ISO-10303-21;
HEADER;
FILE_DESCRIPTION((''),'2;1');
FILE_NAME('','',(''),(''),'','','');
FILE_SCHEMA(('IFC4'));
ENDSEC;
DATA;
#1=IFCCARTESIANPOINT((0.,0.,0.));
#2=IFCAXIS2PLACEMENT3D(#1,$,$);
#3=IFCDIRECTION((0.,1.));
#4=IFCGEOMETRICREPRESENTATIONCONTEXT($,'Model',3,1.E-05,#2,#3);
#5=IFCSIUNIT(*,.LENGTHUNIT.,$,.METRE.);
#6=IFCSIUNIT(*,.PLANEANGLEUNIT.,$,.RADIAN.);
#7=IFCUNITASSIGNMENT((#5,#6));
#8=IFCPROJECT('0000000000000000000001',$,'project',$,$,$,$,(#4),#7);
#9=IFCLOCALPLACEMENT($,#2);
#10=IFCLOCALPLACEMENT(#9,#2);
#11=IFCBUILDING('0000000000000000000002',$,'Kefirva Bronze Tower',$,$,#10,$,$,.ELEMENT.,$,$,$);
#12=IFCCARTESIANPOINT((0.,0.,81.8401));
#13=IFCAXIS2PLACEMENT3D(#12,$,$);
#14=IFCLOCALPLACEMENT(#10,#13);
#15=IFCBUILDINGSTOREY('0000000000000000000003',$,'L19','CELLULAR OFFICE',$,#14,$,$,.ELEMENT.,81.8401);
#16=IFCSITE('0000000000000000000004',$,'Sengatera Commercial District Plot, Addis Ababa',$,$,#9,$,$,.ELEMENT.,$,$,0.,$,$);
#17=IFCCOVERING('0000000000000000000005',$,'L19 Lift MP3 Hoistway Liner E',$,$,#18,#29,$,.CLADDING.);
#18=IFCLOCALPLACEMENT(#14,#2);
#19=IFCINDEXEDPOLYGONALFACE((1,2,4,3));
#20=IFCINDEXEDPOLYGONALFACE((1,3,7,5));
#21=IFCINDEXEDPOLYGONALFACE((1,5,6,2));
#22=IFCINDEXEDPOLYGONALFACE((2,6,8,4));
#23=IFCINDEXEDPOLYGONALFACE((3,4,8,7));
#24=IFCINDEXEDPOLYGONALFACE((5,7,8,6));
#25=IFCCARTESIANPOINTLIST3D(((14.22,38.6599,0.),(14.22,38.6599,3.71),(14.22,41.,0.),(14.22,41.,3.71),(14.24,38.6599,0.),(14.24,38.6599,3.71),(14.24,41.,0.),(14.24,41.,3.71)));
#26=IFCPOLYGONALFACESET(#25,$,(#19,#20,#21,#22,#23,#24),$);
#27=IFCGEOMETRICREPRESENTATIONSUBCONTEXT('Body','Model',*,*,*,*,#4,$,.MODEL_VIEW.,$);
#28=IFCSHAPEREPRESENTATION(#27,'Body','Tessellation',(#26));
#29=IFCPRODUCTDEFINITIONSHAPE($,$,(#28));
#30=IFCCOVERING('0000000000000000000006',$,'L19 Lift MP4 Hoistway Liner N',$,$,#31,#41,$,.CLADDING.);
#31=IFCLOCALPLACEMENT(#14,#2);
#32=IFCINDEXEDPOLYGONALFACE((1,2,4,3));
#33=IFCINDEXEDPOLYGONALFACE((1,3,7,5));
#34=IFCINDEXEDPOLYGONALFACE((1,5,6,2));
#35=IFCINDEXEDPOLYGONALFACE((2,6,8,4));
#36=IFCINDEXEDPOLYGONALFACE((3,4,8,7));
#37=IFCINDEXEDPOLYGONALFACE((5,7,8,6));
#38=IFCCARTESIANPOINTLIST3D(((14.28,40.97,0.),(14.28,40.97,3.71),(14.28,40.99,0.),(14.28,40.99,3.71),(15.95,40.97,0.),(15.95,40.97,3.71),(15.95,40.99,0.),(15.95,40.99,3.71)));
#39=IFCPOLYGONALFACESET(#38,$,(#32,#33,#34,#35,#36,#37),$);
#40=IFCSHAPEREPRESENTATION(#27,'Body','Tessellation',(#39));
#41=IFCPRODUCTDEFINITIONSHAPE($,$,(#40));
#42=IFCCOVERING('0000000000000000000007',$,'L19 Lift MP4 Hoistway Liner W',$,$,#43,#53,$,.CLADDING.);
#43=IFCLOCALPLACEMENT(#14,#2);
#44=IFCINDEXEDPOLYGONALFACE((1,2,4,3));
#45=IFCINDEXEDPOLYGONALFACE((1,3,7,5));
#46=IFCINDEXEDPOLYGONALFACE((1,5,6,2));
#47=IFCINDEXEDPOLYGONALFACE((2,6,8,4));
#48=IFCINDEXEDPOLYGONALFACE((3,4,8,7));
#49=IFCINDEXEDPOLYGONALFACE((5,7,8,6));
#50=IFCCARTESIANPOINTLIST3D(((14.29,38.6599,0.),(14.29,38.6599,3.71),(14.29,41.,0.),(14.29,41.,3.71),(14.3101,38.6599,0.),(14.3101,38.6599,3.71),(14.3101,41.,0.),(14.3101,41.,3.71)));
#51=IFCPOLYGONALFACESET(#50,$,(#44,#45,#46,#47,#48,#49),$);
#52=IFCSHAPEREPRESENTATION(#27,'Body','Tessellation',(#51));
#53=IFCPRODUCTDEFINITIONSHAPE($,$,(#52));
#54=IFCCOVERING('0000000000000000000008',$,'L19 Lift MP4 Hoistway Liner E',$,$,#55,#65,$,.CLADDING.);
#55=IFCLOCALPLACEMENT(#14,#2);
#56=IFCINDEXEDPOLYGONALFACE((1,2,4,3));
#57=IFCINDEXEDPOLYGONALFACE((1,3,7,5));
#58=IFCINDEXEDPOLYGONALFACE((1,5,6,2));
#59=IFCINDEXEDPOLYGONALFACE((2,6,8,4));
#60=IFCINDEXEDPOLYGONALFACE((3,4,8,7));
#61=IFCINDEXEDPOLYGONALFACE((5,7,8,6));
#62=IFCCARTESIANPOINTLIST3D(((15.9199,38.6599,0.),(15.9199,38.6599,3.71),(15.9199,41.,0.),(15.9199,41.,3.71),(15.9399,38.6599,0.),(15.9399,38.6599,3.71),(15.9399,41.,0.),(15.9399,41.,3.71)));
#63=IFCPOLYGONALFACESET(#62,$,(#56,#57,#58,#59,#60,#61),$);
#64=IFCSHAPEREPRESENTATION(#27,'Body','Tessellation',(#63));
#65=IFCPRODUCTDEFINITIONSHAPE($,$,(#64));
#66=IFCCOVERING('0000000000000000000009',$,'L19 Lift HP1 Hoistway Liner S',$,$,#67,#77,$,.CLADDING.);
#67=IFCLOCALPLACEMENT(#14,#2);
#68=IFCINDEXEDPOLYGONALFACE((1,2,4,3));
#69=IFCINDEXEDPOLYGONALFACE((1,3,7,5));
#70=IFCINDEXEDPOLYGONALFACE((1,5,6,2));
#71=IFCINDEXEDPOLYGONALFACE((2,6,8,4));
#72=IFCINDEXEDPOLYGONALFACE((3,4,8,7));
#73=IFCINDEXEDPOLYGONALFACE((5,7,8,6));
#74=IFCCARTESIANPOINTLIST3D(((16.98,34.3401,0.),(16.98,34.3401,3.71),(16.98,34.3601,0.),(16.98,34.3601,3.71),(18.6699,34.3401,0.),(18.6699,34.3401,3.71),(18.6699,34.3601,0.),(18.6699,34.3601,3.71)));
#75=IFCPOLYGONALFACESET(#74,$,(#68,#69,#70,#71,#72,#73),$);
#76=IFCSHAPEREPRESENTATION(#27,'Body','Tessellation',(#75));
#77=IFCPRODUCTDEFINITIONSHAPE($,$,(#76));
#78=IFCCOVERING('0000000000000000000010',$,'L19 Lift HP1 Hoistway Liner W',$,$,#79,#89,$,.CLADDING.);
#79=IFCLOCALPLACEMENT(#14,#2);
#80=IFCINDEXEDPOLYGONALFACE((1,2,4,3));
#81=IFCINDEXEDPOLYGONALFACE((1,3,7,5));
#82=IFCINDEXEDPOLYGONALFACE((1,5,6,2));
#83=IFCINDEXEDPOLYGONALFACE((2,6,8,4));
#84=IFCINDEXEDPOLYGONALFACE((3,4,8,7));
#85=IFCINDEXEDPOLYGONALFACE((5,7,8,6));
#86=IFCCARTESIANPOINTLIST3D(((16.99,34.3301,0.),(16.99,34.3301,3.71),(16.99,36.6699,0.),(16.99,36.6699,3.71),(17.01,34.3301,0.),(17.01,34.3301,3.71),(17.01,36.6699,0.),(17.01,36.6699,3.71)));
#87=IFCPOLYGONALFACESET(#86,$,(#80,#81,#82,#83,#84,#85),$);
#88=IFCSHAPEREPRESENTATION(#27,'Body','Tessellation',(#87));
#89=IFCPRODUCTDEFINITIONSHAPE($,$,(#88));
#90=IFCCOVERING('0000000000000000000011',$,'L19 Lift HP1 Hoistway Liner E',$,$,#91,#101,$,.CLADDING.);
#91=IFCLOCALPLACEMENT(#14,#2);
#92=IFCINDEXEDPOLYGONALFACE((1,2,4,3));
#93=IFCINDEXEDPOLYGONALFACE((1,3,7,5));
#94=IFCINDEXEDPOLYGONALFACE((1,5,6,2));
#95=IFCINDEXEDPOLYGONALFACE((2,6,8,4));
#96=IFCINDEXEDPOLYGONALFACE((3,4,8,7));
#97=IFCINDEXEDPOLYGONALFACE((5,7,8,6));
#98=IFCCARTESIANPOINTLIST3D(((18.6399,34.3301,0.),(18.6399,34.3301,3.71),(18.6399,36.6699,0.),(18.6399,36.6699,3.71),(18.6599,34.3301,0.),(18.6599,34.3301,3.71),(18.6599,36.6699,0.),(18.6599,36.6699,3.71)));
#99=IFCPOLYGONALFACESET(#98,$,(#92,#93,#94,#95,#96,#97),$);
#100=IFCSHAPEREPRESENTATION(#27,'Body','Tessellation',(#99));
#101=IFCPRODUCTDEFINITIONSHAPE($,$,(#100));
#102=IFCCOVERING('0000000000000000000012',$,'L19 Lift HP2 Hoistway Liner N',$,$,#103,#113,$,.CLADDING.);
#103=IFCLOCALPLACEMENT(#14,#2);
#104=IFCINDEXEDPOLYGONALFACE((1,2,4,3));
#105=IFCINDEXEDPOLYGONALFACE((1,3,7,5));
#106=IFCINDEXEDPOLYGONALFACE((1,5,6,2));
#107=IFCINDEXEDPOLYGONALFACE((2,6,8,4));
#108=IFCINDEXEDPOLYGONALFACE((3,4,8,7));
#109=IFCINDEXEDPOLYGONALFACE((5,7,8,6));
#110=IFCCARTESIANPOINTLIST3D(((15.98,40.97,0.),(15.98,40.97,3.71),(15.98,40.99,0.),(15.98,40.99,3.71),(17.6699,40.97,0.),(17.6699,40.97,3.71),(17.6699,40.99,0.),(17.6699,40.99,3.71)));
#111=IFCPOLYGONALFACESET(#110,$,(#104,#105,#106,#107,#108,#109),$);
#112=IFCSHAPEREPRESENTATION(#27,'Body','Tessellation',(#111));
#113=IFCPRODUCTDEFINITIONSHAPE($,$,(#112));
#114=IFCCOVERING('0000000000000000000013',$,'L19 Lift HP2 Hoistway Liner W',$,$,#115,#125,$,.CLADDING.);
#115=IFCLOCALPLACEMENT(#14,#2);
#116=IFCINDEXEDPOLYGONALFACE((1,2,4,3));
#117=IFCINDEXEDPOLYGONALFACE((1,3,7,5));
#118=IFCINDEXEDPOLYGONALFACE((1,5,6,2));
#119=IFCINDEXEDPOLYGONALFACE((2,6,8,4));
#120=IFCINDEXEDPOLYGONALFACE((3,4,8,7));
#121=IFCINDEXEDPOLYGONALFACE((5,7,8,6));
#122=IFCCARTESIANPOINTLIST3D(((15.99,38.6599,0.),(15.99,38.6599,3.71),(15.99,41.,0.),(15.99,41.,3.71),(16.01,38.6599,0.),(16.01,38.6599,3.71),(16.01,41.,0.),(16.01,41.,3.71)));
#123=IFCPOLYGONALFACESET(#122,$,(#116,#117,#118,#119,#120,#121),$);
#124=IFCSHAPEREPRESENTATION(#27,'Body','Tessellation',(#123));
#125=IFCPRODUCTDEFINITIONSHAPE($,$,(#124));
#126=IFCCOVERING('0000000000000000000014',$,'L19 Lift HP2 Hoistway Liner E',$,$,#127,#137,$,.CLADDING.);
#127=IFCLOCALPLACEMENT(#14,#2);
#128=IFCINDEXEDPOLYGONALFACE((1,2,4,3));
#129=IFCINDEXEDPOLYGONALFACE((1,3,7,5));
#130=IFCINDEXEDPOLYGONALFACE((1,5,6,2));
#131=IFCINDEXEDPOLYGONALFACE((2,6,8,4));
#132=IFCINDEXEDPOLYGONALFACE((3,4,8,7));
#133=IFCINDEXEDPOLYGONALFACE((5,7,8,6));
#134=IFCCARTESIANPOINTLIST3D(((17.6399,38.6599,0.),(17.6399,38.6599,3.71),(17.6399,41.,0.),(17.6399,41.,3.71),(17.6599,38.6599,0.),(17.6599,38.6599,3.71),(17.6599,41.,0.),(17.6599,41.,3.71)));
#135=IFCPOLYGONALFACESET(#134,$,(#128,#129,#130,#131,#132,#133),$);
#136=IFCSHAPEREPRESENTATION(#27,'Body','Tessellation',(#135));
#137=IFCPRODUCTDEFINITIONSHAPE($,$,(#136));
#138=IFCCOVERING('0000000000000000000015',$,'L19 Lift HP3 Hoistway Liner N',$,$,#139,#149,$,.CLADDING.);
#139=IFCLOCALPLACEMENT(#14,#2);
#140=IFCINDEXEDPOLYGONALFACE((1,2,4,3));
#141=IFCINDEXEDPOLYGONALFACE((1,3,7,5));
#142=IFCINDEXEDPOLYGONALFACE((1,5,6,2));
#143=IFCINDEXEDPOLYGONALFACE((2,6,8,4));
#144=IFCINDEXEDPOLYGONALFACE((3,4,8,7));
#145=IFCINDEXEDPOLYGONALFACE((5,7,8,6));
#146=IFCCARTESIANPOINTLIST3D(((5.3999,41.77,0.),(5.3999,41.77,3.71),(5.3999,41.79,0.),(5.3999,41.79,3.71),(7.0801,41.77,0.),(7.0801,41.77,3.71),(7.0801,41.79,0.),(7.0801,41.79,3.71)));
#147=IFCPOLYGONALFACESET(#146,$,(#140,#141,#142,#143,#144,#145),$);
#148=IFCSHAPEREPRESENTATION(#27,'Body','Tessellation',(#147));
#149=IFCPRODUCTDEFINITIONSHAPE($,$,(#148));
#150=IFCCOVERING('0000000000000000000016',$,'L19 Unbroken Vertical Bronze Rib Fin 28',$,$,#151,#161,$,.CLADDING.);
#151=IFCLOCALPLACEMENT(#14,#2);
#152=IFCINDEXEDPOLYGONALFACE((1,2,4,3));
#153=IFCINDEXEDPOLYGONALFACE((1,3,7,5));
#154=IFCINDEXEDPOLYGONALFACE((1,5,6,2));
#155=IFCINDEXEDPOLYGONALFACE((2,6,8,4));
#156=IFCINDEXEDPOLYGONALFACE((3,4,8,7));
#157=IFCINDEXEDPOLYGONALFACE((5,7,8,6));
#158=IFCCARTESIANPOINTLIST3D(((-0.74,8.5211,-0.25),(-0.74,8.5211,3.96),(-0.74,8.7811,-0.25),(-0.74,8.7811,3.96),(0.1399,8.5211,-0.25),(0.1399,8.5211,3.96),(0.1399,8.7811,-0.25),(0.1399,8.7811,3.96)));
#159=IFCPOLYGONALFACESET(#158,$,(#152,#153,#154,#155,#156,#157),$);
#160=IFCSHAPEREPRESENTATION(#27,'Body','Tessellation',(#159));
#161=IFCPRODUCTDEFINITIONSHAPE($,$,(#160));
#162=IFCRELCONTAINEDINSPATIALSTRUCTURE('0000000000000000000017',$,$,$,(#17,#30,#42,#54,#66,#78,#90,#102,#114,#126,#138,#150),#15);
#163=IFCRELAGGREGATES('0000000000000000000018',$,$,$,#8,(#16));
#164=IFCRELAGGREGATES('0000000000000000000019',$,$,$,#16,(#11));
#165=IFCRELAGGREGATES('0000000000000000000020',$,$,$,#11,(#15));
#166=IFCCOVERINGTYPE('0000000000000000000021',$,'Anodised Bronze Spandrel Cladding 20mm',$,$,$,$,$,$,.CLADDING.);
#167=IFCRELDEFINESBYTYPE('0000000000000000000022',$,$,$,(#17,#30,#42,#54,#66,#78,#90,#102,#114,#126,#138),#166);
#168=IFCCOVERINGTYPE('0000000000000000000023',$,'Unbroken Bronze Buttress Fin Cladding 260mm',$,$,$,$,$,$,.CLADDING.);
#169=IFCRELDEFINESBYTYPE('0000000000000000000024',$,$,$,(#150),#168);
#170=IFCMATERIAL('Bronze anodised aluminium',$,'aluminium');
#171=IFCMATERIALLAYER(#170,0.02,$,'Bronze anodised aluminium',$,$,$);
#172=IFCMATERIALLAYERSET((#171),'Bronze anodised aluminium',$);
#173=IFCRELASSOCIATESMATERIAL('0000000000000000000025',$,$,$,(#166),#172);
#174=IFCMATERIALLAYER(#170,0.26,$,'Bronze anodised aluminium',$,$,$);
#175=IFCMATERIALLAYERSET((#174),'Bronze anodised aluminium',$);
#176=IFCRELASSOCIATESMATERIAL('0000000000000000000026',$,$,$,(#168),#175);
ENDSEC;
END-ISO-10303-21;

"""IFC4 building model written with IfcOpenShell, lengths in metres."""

from ifc_helpers import new_model, si_unit, direction, frame, origin, origin_2d, place, context, subcontext, project, spatial, polyline, rectangle, outline, extrude, material, layer, layer_set, type_object, element, save


model = new_model("IFC4")

# Units and contexts
model_context = context("Model", 3, precision=1e-05, world=origin(), true_north=direction((0.0, 1.0)))
body_context = subcontext(model_context, "Body", "Model", "MODEL_VIEW")
ifc_project = project(units=[si_unit("LENGTHUNIT", "METRE"), si_unit("PLANEANGLEUNIT", "RADIAN")], contexts=[model_context])

# Site, building, storey
site_placement = place(None, origin())
site = spatial("IfcSite", under=ifc_project, at=site_placement, Name="Sengatera Commercial District Plot, Addis Ababa", CompositionType="ELEMENT", RefElevation=0.0)
building_placement = place(site_placement, origin())
building = spatial("IfcBuilding", under=site, at=building_placement, Name="Kefirva Bronze Tower", CompositionType="ELEMENT")
storey_placement = place(building_placement, frame((0.0, 0.0, 81.8401)))
storey = spatial("IfcBuildingStorey", under=building, at=storey_placement, Name="L19", Description="CELLULAR OFFICE", CompositionType="ELEMENT", Elevation=81.8401)

# Coverings
ifc_material = material(Name="Bronze anodised aluminium", Category="aluminium")
ifc_layer_1 = layer(ifc_material, 0.02, Name="Bronze anodised aluminium")
ifc_layer_set_1 = layer_set([ifc_layer_1], Name="Bronze anodised aluminium")
covering_type_1 = type_object("IfcCoveringType", Name="Anodised Bronze Spandrel Cladding 20mm", PredefinedType="CLADDING", material=ifc_layer_set_1)
covering_1_placement = place(storey_placement, origin())
element("IfcCovering", 1, at=covering_1_placement, inside=storey, type_object=covering_type_1, Name="L19 Lift MP3 Hoistway Liner E", PredefinedType="CLADDING", context=body_context, shape_type="SweptSolid", body=[
    extrude(outline(polyline([(14.22, 38.6599), (14.24, 38.6599), (14.24, 41.0), (14.22, 41.0), (14.22, 38.6599)])), origin(), (0.0, 0.0, 1.0), 3.71),
])
covering_2_placement = place(storey_placement, origin())
element("IfcCovering", 2, at=covering_2_placement, inside=storey, type_object=covering_type_1, Name="L19 Lift MP4 Hoistway Liner N", PredefinedType="CLADDING", context=body_context, shape_type="SweptSolid", body=[
    extrude(outline(polyline([(14.28, 40.97), (15.95, 40.97), (15.95, 40.99), (14.28, 40.99), (14.28, 40.97)])), origin(), (0.0, 0.0, 1.0), 3.71),
])
covering_3_placement = place(storey_placement, origin())
element("IfcCovering", 3, at=covering_3_placement, inside=storey, type_object=covering_type_1, Name="L19 Lift MP4 Hoistway Liner W", PredefinedType="CLADDING", context=body_context, shape_type="SweptSolid", body=[
    extrude(outline(polyline([(14.29, 38.6599), (14.3101, 38.6599), (14.3101, 41.0), (14.29, 41.0), (14.29, 38.6599)])), origin(), (0.0, 0.0, 1.0), 3.71),
])
covering_4_placement = place(storey_placement, origin())
element("IfcCovering", 4, at=covering_4_placement, inside=storey, type_object=covering_type_1, Name="L19 Lift MP4 Hoistway Liner E", PredefinedType="CLADDING", context=body_context, shape_type="SweptSolid", body=[
    extrude(outline(polyline([(15.9199, 38.6599), (15.9399, 38.6599), (15.9399, 41.0), (15.9199, 41.0), (15.9199, 38.6599)])), origin(), (0.0, 0.0, 1.0), 3.71),
])
covering_5_placement = place(storey_placement, origin())
element("IfcCovering", 5, at=covering_5_placement, inside=storey, type_object=covering_type_1, Name="L19 Lift HP1 Hoistway Liner S", PredefinedType="CLADDING", context=body_context, shape_type="SweptSolid", body=[
    extrude(outline(polyline([(16.98, 34.3401), (18.6699, 34.3401), (18.6699, 34.3601), (16.98, 34.3601), (16.98, 34.3401)])), origin(), (0.0, 0.0, 1.0), 3.71),
])
covering_6_placement = place(storey_placement, origin())
element("IfcCovering", 6, at=covering_6_placement, inside=storey, type_object=covering_type_1, Name="L19 Lift HP1 Hoistway Liner W", PredefinedType="CLADDING", context=body_context, shape_type="SweptSolid", body=[
    extrude(outline(polyline([(16.99, 34.3301), (17.01, 34.3301), (17.01, 36.6699), (16.99, 36.6699), (16.99, 34.3301)])), origin(), (0.0, 0.0, 1.0), 3.71),
])
covering_7_placement = place(storey_placement, origin())
element("IfcCovering", 7, at=covering_7_placement, inside=storey, type_object=covering_type_1, Name="L19 Lift HP1 Hoistway Liner E", PredefinedType="CLADDING", context=body_context, shape_type="SweptSolid", body=[
    extrude(outline(polyline([(18.6399, 34.3301), (18.6599, 34.3301), (18.6599, 36.6699), (18.6399, 36.6699), (18.6399, 34.3301)])), origin(), (0.0, 0.0, 1.0), 3.71),
])
covering_8_placement = place(storey_placement, origin())
element("IfcCovering", 8, at=covering_8_placement, inside=storey, type_object=covering_type_1, Name="L19 Lift HP2 Hoistway Liner N", PredefinedType="CLADDING", context=body_context, shape_type="SweptSolid", body=[
    extrude(outline(polyline([(15.98, 40.97), (17.6699, 40.97), (17.6699, 40.99), (15.98, 40.99), (15.98, 40.97)])), origin(), (0.0, 0.0, 1.0), 3.71),
])
covering_9_placement = place(storey_placement, origin())
element("IfcCovering", 9, at=covering_9_placement, inside=storey, type_object=covering_type_1, Name="L19 Lift HP2 Hoistway Liner W", PredefinedType="CLADDING", context=body_context, shape_type="SweptSolid", body=[
    extrude(outline(polyline([(15.99, 38.6599), (16.01, 38.6599), (16.01, 41.0), (15.99, 41.0), (15.99, 38.6599)])), origin(), (0.0, 0.0, 1.0), 3.71),
])
covering_10_placement = place(storey_placement, origin())
element("IfcCovering", 10, at=covering_10_placement, inside=storey, type_object=covering_type_1, Name="L19 Lift HP2 Hoistway Liner E", PredefinedType="CLADDING", context=body_context, shape_type="SweptSolid", body=[
    extrude(outline(polyline([(17.6399, 38.6599), (17.6599, 38.6599), (17.6599, 41.0), (17.6399, 41.0), (17.6399, 38.6599)])), origin(), (0.0, 0.0, 1.0), 3.71),
])
covering_11_placement = place(storey_placement, origin())
element("IfcCovering", 11, at=covering_11_placement, inside=storey, type_object=covering_type_1, Name="L19 Lift HP3 Hoistway Liner N", PredefinedType="CLADDING", context=body_context, shape_type="SweptSolid", body=[
    extrude(outline(polyline([(5.3999, 41.77), (7.0801, 41.77), (7.0801, 41.79), (5.3999, 41.79), (5.3999, 41.77)])), origin(), (0.0, 0.0, 1.0), 3.71),
])
ifc_layer_2 = layer(ifc_material, 0.26, Name="Bronze anodised aluminium")
ifc_layer_set_2 = layer_set([ifc_layer_2], Name="Bronze anodised aluminium")
covering_type_2 = type_object("IfcCoveringType", Name="Unbroken Bronze Buttress Fin Cladding 260mm", PredefinedType="CLADDING", material=ifc_layer_set_2)
covering_12_placement = place(storey_placement, frame((-0.3, 8.6511, -0.25), z_axis=(0.0, 0.0, 1.0), x_axis=(0.0, -1.0, 0.0)))
element("IfcCovering", 12, at=covering_12_placement, inside=storey, type_object=covering_type_2, Name="L19 Unbroken Vertical Bronze Rib Fin 28", PredefinedType="CLADDING", context=body_context, shape_type="SweptSolid", body=[
    extrude(rectangle(XDim=0.26, YDim=0.8799, at=origin_2d()), origin(), (0.0, 0.0, 1.0), 4.21),
])

save(model, "model.ifc")
